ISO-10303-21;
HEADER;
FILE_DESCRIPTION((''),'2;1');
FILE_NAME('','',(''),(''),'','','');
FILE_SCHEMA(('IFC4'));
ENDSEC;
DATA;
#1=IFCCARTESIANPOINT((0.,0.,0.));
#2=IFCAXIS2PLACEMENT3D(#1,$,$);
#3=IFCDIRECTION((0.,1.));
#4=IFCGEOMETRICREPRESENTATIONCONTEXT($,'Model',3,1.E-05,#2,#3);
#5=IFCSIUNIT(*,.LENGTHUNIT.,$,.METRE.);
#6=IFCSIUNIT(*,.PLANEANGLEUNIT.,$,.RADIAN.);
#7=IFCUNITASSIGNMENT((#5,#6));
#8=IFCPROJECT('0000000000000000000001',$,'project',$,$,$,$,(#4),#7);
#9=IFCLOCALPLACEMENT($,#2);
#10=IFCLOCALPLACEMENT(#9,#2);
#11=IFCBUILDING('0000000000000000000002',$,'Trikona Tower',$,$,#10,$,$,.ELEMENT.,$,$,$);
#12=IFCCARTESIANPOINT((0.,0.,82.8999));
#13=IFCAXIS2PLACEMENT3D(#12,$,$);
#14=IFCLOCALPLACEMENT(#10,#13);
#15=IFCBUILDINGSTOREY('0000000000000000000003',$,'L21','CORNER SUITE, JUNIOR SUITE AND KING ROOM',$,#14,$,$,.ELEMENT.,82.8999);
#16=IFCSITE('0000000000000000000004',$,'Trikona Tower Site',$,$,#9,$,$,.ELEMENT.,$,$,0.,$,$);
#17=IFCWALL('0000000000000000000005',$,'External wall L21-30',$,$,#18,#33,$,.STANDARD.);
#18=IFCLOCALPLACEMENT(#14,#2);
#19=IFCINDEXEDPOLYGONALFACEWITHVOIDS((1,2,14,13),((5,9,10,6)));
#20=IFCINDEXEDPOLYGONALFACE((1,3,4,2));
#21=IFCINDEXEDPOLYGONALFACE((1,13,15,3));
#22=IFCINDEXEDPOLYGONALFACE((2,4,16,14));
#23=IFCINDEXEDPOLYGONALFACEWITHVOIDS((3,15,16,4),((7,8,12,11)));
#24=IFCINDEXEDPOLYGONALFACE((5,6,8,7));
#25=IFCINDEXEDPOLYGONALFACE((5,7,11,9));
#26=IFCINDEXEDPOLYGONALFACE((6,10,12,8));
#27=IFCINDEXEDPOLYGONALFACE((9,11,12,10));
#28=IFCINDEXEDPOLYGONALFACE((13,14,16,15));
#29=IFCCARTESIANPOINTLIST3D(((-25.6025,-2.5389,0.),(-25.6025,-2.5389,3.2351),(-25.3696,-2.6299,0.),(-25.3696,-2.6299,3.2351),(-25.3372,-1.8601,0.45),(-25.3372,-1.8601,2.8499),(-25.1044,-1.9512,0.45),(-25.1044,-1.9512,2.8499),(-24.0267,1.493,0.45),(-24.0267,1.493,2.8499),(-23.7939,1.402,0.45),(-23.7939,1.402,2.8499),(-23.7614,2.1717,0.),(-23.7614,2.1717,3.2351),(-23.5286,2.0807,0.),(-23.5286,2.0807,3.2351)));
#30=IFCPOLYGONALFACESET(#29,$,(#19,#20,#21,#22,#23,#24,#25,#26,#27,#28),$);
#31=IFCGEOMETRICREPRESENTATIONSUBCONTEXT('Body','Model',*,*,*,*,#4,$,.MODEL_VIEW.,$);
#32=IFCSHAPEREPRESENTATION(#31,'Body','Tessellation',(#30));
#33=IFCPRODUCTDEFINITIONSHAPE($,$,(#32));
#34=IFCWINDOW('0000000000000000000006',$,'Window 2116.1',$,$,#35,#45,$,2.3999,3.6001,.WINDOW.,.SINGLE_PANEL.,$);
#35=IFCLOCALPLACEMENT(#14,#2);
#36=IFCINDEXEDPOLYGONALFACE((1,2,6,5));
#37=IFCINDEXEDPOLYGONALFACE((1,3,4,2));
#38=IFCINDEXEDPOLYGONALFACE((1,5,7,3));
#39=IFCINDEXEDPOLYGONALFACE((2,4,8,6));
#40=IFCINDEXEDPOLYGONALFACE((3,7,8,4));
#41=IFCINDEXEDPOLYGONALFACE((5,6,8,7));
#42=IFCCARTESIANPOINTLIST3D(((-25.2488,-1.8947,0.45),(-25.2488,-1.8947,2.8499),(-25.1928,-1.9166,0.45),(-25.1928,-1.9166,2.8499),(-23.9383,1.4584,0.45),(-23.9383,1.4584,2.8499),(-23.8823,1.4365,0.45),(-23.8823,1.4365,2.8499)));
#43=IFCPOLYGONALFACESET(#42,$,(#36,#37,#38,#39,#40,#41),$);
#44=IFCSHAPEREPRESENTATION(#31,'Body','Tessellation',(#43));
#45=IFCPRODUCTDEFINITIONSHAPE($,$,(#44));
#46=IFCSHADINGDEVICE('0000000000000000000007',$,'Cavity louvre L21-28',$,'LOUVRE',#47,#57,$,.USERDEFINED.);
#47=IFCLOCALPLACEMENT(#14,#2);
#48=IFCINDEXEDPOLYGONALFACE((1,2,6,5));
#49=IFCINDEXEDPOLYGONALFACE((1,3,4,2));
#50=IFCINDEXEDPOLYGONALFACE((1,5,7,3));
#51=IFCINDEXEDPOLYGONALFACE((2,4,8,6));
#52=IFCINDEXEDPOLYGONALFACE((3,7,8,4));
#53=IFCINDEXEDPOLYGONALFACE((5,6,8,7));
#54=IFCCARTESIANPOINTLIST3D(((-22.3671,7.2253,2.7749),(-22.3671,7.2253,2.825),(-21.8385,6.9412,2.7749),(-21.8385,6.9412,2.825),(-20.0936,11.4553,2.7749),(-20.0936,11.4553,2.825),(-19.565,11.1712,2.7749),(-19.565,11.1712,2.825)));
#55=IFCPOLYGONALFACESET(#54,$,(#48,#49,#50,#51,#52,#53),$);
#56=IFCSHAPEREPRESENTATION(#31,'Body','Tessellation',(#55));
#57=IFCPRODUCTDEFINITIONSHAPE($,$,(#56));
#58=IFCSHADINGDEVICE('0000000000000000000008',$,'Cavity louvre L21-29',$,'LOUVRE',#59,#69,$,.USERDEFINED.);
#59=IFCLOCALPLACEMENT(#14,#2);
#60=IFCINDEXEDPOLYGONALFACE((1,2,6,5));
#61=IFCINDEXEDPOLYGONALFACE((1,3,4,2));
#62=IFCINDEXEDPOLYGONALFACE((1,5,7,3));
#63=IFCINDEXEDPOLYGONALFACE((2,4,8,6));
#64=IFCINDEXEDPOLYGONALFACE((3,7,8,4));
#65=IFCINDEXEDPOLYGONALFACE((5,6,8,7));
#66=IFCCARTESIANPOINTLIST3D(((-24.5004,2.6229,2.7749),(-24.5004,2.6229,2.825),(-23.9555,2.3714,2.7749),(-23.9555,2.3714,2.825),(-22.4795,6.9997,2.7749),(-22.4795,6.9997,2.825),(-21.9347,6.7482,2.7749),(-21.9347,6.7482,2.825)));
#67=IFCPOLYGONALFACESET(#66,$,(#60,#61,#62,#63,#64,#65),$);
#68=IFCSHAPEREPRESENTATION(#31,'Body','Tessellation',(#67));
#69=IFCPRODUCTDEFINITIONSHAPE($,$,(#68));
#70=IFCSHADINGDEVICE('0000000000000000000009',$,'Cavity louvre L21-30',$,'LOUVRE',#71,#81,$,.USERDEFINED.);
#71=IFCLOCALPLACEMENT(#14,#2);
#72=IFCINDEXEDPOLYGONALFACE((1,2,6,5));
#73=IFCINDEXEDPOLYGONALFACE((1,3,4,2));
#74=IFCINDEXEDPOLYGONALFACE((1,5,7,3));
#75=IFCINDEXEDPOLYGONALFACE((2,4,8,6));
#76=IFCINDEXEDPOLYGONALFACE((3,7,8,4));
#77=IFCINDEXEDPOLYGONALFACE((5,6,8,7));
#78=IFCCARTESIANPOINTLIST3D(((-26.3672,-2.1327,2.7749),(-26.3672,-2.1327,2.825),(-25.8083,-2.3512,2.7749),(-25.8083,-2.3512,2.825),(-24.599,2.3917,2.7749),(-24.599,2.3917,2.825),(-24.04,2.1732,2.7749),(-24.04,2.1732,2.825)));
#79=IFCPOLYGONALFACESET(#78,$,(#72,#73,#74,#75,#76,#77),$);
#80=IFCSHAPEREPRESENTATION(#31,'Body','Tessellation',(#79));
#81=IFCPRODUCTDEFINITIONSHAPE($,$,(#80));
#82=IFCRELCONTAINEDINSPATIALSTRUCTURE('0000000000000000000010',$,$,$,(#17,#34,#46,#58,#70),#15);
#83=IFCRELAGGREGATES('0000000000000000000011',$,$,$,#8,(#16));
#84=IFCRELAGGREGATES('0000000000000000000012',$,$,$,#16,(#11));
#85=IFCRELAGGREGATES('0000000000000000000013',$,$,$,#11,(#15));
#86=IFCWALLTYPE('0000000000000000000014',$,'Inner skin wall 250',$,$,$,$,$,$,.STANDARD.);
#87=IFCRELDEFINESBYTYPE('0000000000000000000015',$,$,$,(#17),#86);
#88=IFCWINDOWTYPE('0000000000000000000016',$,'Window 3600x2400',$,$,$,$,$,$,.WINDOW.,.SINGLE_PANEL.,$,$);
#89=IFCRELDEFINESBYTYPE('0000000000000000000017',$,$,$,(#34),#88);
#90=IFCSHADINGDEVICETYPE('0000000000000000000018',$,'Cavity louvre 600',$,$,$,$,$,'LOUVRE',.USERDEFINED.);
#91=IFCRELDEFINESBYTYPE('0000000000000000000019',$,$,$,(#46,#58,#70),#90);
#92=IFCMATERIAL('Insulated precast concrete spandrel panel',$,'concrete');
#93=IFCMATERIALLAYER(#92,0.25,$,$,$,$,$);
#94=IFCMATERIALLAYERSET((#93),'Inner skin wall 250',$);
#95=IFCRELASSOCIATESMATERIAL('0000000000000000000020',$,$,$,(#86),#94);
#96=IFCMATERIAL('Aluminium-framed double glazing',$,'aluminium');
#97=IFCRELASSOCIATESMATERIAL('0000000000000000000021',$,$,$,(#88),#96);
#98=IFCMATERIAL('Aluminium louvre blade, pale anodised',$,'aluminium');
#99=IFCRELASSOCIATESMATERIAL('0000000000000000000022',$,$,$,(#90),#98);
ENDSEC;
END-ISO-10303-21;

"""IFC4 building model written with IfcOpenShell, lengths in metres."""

from ifc_helpers import new_model, si_unit, direction, frame, frame_2d, origin, origin_2d, place, context, subcontext, project, spatial, rectangle, extrude, material, layer, layer_set, type_object, element, fill, save


model = new_model("IFC4")

# Units and contexts
model_context = context("Model", 3, precision=1e-05, world=origin(), true_north=direction((0.0, 1.0)))
body_context = subcontext(model_context, "Body", "Model", "MODEL_VIEW")
ifc_project = project(units=[si_unit("LENGTHUNIT", "METRE"), si_unit("PLANEANGLEUNIT", "RADIAN")], contexts=[model_context])

# Site, building, storey
site_placement = place(None, origin())
site = spatial("IfcSite", under=ifc_project, at=site_placement, Name="Trikona Tower Site", CompositionType="ELEMENT", RefElevation=0.0)
building_placement = place(site_placement, origin())
building = spatial("IfcBuilding", under=site, at=building_placement, Name="Trikona Tower", CompositionType="ELEMENT")
storey_placement = place(building_placement, frame((0.0, 0.0, 82.8999)))
storey = spatial("IfcBuildingStorey", under=building, at=storey_placement, Name="L21", Description="CORNER SUITE, JUNIOR SUITE AND KING ROOM", CompositionType="ELEMENT", Elevation=82.8999)

# Wall, opening, window
ifc_material_1 = material(Name="Insulated precast concrete spandrel panel", Category="concrete")
ifc_layer_1 = layer(ifc_material_1, 0.25)
ifc_layer_set_1 = layer_set([ifc_layer_1], Name="Inner skin wall 250")
wall_type = type_object("IfcWallType", Name="Inner skin wall 250", PredefinedType="STANDARD", material=ifc_layer_set_1)
ifc_material_2 = material(Name="Aluminium-framed double glazing", Category="aluminium")
window_type = type_object("IfcWindowType", Name="Window 3600x2400", PartitioningType="SINGLE_PANEL", PredefinedType="WINDOW", material=ifc_material_2)
wall_1_placement = place(storey_placement, frame((-23.645, 2.1262, 0.0), z_axis=(0.0, 0.0, 1.0), x_axis=(-0.364013, -0.931394, 0.0)))
wall_1 = element("IfcWall", 1, at=wall_1_placement, inside=storey, type_object=wall_type, Name="External wall L21-30", PredefinedType="STANDARD", context=body_context, shape_type="SweptSolid", body=[
    extrude(rectangle(XDim=5.0576, YDim=0.25, at=frame_2d((2.5288, 0.0))), origin(), (0.0, 0.0, 1.0), 3.2351),
])
opening_1_placement = place(wall_1_placement, frame((0.7288, 0.0, 0.45)))
opening_1 = element("IfcOpeningElement", 2, at=opening_1_placement, cuts=wall_1, PredefinedType="OPENING", context=body_context, shape_type="SweptSolid", body=[
    extrude(rectangle(XDim=3.6001, YDim=2.3999, at=frame_2d((1.8, 1.2))), frame((0.0, 0.135, 0.0), z_axis=(0.0, -1.0, 0.0), x_axis=(1.0, 0.0, 0.0)), (0.0, 0.0, 1.0), 0.27),
])
window_1_placement = place(opening_1_placement, origin())
window_1 = element("IfcWindow", 3, at=window_1_placement, inside=storey, type_object=window_type, Name="Window 2116.1", OverallHeight=2.3999, OverallWidth=3.6001, PartitioningType="SINGLE_PANEL", PredefinedType="WINDOW", context=body_context, shape_type="SweptSolid", body=[
    extrude(rectangle(XDim=3.6001, YDim=2.3999, at=frame_2d((1.8, 1.2))), frame((0.0, 0.03, 0.0), z_axis=(0.0, -1.0, 0.0), x_axis=(1.0, 0.0, 0.0)), (0.0, 0.0, 1.0), 0.0601),
])
fill(opening_1, window_1)

# Shading devices
ifc_material_3 = material(Name="Aluminium louvre blade, pale anodised", Category="aluminium")
shading_device_type = type_object("IfcShadingDeviceType", Name="Cavity louvre 600", ElementType="LOUVRE", PredefinedType="USERDEFINED", material=ifc_material_3)
shading_device_1_placement = place(storey_placement, frame((-20.9661, 9.1982, 2.7749), z_axis=(0.0, 0.0, 1.0), x_axis=(-0.473423, -0.880835, 0.0)))
element("IfcShadingDevice", 4, at=shading_device_1_placement, inside=storey, type_object=shading_device_type, Name="Cavity louvre L21-28", ObjectType="LOUVRE", PredefinedType="USERDEFINED", context=body_context, shape_type="SweptSolid", body=[
    extrude(rectangle(XDim=4.8022, YDim=0.6001, at=origin_2d()), origin(), (0.0, 0.0, 1.0), 0.05),
])
shading_device_2_placement = place(storey_placement, frame((-23.2175, 4.6855, 2.7749), z_axis=(0.0, 0.0, 1.0), x_axis=(-0.419194, -0.907897, 0.0)))
element("IfcShadingDevice", 5, at=shading_device_2_placement, inside=storey, type_object=shading_device_type, Name="Cavity louvre L21-29", ObjectType="LOUVRE", PredefinedType="USERDEFINED", context=body_context, shape_type="SweptSolid", body=[
    extrude(rectangle(XDim=4.8208, YDim=0.6001, at=origin_2d()), origin(), (0.0, 0.0, 1.0), 0.05),
])
shading_device_3_placement = place(storey_placement, frame((-25.2036, 0.0203, 2.7749), z_axis=(0.0, 0.0, 1.0), x_axis=(-0.364009, -0.931395, 0.0)))
element("IfcShadingDevice", 6, at=shading_device_3_placement, inside=storey, type_object=shading_device_type, Name="Cavity louvre L21-30", ObjectType="LOUVRE", PredefinedType="USERDEFINED", context=body_context, shape_type="SweptSolid", body=[
    extrude(rectangle(XDim=4.8577, YDim=0.6001, at=origin_2d()), origin(), (0.0, 0.0, 1.0), 0.05),
])

save(model, "model.ifc")
